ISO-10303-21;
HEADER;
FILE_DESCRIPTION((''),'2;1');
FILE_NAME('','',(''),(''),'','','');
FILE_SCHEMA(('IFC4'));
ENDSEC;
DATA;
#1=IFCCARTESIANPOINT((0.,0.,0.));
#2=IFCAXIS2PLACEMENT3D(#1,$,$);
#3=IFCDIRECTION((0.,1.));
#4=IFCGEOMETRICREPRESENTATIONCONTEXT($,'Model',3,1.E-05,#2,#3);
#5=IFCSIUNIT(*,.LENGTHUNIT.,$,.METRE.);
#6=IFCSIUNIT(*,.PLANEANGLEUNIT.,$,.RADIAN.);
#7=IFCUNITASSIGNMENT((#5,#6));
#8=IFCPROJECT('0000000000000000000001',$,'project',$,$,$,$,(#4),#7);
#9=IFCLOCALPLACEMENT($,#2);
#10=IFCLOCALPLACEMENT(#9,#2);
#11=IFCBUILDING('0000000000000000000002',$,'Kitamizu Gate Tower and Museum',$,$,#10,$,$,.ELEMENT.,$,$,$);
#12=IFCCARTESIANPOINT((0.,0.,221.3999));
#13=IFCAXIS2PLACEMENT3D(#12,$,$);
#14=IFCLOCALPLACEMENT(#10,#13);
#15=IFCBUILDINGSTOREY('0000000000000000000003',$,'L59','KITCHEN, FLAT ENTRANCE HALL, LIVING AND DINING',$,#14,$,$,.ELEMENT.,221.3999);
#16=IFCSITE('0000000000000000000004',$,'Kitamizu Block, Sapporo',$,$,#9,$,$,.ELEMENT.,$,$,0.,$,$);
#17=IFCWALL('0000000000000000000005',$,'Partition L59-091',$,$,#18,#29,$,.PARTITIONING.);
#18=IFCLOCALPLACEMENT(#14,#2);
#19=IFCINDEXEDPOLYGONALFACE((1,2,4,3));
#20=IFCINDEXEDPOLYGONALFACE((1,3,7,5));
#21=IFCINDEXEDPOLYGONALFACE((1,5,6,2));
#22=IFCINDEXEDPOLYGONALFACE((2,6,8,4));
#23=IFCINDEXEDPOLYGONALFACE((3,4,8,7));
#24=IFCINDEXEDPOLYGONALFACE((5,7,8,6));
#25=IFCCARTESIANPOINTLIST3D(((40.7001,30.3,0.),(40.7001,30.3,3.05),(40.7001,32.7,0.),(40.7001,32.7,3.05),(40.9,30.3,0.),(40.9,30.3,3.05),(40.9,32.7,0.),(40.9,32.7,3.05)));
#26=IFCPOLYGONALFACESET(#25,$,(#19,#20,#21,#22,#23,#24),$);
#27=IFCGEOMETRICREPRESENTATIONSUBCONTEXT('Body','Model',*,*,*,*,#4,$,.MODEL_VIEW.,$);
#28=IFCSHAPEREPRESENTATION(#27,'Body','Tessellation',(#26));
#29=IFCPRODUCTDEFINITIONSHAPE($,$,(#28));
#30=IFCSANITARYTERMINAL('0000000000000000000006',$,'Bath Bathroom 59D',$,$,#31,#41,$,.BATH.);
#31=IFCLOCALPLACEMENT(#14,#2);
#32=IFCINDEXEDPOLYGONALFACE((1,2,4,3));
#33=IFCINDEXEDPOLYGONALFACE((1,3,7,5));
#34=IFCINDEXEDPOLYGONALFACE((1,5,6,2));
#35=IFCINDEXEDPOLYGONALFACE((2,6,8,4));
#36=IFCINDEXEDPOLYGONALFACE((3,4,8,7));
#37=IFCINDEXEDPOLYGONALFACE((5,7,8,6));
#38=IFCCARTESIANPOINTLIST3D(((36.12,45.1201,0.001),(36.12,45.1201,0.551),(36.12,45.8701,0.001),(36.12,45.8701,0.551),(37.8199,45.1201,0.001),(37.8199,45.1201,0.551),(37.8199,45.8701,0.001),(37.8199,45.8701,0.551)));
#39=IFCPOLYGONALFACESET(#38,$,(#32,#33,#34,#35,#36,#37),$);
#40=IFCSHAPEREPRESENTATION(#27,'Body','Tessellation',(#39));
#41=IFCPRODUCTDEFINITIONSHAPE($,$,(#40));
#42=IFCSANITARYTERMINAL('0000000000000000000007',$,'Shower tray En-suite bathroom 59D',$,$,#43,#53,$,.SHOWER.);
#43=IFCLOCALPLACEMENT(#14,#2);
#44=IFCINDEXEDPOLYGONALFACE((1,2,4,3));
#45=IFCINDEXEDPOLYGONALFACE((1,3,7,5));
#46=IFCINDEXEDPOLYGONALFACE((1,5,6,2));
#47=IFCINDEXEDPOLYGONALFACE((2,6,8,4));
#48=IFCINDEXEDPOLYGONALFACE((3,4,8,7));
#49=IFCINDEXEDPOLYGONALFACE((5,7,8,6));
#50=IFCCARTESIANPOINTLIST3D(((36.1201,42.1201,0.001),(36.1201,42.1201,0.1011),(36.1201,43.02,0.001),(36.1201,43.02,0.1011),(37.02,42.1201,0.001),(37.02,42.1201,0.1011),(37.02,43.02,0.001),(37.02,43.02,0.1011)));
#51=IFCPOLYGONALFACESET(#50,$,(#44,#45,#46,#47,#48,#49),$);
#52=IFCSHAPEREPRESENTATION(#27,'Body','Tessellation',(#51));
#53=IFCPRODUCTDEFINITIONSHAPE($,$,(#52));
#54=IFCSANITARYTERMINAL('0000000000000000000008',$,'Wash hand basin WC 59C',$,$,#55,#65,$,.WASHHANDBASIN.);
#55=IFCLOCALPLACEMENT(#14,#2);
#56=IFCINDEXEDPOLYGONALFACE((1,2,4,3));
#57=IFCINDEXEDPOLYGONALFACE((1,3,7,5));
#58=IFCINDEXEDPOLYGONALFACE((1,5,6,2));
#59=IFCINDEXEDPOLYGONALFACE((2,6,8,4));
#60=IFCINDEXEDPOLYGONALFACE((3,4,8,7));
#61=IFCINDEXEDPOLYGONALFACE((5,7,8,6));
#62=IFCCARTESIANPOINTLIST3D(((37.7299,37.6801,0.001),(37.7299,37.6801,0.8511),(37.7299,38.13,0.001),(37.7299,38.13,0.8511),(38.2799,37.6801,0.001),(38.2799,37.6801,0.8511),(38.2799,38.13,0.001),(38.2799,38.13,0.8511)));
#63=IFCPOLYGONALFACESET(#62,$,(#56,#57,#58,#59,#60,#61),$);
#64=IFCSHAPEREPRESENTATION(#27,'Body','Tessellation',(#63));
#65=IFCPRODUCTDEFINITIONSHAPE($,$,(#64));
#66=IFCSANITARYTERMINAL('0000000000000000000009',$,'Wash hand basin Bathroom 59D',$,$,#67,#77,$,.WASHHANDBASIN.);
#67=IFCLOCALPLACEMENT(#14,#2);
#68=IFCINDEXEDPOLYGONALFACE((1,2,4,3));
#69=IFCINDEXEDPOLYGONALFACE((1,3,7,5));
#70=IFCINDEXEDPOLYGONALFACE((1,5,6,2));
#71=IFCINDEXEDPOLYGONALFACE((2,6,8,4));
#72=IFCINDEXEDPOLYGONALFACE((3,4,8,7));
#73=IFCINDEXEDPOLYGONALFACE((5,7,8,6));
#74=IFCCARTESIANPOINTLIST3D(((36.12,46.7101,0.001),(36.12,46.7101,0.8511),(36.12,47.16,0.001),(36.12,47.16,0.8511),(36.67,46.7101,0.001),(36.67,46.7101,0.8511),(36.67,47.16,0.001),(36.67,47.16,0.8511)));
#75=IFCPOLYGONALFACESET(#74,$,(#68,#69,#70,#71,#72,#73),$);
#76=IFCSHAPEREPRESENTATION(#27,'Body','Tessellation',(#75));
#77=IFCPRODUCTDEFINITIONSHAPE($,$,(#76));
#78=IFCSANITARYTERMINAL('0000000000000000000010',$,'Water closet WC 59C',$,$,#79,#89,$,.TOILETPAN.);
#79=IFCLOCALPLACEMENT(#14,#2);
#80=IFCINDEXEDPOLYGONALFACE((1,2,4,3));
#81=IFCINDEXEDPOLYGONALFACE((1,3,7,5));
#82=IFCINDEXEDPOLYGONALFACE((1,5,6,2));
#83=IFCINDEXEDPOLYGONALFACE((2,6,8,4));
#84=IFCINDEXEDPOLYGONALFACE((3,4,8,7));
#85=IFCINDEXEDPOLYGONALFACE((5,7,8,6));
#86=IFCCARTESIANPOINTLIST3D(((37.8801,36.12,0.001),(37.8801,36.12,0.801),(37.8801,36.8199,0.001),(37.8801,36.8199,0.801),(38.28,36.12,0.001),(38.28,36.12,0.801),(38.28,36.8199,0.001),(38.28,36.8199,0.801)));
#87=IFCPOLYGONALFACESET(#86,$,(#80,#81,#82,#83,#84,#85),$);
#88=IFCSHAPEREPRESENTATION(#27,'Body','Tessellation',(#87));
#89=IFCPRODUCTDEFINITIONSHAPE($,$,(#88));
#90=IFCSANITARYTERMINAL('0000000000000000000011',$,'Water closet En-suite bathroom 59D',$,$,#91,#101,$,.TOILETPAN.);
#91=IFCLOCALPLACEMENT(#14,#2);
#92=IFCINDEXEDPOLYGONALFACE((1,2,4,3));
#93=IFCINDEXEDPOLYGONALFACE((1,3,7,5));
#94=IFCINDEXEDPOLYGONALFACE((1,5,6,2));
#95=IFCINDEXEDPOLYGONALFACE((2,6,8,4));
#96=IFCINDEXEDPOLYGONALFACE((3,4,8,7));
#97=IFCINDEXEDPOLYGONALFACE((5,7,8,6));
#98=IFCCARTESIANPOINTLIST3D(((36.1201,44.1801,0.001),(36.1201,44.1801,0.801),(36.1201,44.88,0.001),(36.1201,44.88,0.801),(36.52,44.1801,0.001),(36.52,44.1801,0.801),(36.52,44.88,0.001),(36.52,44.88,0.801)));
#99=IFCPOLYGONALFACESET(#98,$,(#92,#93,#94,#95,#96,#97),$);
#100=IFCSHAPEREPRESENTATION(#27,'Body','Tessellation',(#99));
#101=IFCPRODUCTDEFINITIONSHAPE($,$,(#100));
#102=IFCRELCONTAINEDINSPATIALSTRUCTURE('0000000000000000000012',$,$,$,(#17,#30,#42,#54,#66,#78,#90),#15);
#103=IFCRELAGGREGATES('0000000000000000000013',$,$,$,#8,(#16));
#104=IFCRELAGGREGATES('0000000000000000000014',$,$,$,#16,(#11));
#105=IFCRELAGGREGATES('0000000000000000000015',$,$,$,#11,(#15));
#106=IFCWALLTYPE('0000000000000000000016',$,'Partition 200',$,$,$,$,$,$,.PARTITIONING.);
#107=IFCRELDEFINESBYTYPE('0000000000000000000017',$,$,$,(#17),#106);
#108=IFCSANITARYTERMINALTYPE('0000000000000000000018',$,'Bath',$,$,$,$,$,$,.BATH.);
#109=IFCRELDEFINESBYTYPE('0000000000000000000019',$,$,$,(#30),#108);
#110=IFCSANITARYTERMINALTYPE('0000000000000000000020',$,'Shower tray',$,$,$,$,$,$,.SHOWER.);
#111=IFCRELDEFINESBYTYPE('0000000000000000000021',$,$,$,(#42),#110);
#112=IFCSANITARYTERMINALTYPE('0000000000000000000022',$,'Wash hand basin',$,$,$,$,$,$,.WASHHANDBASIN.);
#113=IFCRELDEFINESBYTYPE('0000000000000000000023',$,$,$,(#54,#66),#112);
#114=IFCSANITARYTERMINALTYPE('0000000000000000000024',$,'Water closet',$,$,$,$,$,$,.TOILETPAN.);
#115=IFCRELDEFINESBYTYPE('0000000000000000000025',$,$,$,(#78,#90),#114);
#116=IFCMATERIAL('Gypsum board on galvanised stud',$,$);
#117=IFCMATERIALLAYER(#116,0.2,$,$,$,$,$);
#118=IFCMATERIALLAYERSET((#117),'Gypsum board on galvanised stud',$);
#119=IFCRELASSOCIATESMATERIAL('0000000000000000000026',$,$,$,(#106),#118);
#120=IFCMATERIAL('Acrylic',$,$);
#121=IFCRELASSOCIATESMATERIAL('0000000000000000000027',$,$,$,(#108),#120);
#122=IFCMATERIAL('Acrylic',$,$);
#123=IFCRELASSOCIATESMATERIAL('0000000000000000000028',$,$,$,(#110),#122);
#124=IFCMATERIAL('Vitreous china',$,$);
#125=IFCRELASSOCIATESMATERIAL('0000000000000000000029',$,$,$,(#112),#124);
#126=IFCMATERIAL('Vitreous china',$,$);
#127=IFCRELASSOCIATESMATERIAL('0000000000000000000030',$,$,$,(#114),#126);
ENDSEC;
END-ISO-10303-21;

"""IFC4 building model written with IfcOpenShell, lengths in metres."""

from ifc_helpers import new_model, si_unit, direction, frame, frame_2d, origin, origin_2d, place, context, subcontext, project, spatial, rectangle, extrude, material, layer, layer_set, type_object, element, save


model = new_model("IFC4")

# Units and contexts
model_context = context("Model", 3, precision=1e-05, world=origin(), true_north=direction((0.0, 1.0)))
body_context = subcontext(model_context, "Body", "Model", "MODEL_VIEW")
ifc_project = project(units=[si_unit("LENGTHUNIT", "METRE"), si_unit("PLANEANGLEUNIT", "RADIAN")], contexts=[model_context])

# Site, building, storey
site_placement = place(None, origin())
site = spatial("IfcSite", under=ifc_project, at=site_placement, Name="Kitamizu Block, Sapporo", CompositionType="ELEMENT", RefElevation=0.0)
building_placement = place(site_placement, origin())
building = spatial("IfcBuilding", under=site, at=building_placement, Name="Kitamizu Gate Tower and Museum", CompositionType="ELEMENT")
storey_placement = place(building_placement, frame((0.0, 0.0, 221.3999)))
storey = spatial("IfcBuildingStorey", under=building, at=storey_placement, Name="L59", Description="KITCHEN, FLAT ENTRANCE HALL, LIVING AND DINING", CompositionType="ELEMENT", Elevation=221.3999)

# Wall
ifc_material_1 = material(Name="Gypsum board on galvanised stud")
ifc_layer_1 = layer(ifc_material_1, 0.2)
ifc_layer_set_1 = layer_set([ifc_layer_1], Name="Gypsum board on galvanised stud")
wall_type_1 = type_object("IfcWallType", Name="Partition 200", PredefinedType="PARTITIONING", material=ifc_layer_set_1)
wall_1_placement = place(storey_placement, frame((40.8, 32.7, 0.0), z_axis=(0.0, 0.0, 1.0), x_axis=(0.0, -1.0, 0.0)))
element("IfcWall", 1, at=wall_1_placement, inside=storey, type_object=wall_type_1, Name="Partition L59-091", PredefinedType="PARTITIONING", context=body_context, shape_type="SweptSolid", body=[
    extrude(rectangle(XDim=2.3999, YDim=0.2, at=frame_2d((1.2, 0.0))), origin(), (0.0, 0.0, 1.0), 3.05),
])

# Sanitary terminals
ifc_material_2 = material(Name="Acrylic")
sanitary_terminal_type_1 = type_object("IfcSanitaryTerminalType", Name="Bath", PredefinedType="BATH", material=ifc_material_2)
sanitary_terminal_1_placement = place(storey_placement, frame((36.97, 45.4951, 0.001), z_axis=(0.0, 0.0, 1.0), x_axis=(1.0, 0.0, 0.0)))
element("IfcSanitaryTerminal", 2, at=sanitary_terminal_1_placement, inside=storey, type_object=sanitary_terminal_type_1, Name="Bath Bathroom 59D", PredefinedType="BATH", context=body_context, shape_type="SweptSolid", body=[
    extrude(rectangle(XDim=1.7, YDim=0.75, at=origin_2d()), origin(), (0.0, 0.0, 1.0), 0.55),
])
ifc_material_3 = material(Name="Acrylic")
sanitary_terminal_type_2 = type_object("IfcSanitaryTerminalType", Name="Shower tray", PredefinedType="SHOWER", material=ifc_material_3)
sanitary_terminal_2_placement = place(storey_placement, frame((36.5701, 42.5701, 0.001), z_axis=(0.0, 0.0, 1.0), x_axis=(1.0, 0.0, 0.0)))
element("IfcSanitaryTerminal", 3, at=sanitary_terminal_2_placement, inside=storey, type_object=sanitary_terminal_type_2, Name="Shower tray En-suite bathroom 59D", PredefinedType="SHOWER", context=body_context, shape_type="SweptSolid", body=[
    extrude(rectangle(XDim=0.8999, YDim=0.8999, at=origin_2d()), origin(), (0.0, 0.0, 1.0), 0.1001),
])
ifc_material_4 = material(Name="Vitreous china")
sanitary_terminal_type_3 = type_object("IfcSanitaryTerminalType", Name="Wash hand basin", PredefinedType="WASHHANDBASIN", material=ifc_material_4)
for number, where, z_axis, x_axis, name in (
    (4, (38.0049, 37.905, 0.001), (0.0, 0.0, 1.0), (1.0, 0.0, 0.0), "Wash hand basin WC 59C"),
    (5, (36.395, 46.9351, 0.001), (0.0, 0.0, 1.0), (1.0, 0.0, 0.0), "Wash hand basin Bathroom 59D"),
):
    element("IfcSanitaryTerminal", number, at=place(storey_placement, frame(where, z_axis=z_axis, x_axis=x_axis)), inside=storey, type_object=sanitary_terminal_type_3, Name=name, PredefinedType="WASHHANDBASIN", context=body_context, shape_type="SweptSolid", body=[
        extrude(rectangle(XDim=0.55, YDim=0.45, at=origin_2d()), origin(), (0.0, 0.0, 1.0), 0.8501),
    ])
ifc_material_5 = material(Name="Vitreous china")
sanitary_terminal_type_4 = type_object("IfcSanitaryTerminalType", Name="Water closet", PredefinedType="TOILETPAN", material=ifc_material_5)
for number, where, z_axis, x_axis, name in (
    (6, (38.0801, 36.47, 0.001), (0.0, 0.0, 1.0), (1.0, 0.0, 0.0), "Water closet WC 59C"),
    (7, (36.3201, 44.53, 0.001), (0.0, 0.0, 1.0), (1.0, 0.0, 0.0), "Water closet En-suite bathroom 59D"),
):
    element("IfcSanitaryTerminal", number, at=place(storey_placement, frame(where, z_axis=z_axis, x_axis=x_axis)), inside=storey, type_object=sanitary_terminal_type_4, Name=name, PredefinedType="TOILETPAN", context=body_context, shape_type="SweptSolid", body=[
        extrude(rectangle(XDim=0.3999, YDim=0.7, at=origin_2d()), origin(), (0.0, 0.0, 1.0), 0.8),
    ])

save(model, "model.ifc")
